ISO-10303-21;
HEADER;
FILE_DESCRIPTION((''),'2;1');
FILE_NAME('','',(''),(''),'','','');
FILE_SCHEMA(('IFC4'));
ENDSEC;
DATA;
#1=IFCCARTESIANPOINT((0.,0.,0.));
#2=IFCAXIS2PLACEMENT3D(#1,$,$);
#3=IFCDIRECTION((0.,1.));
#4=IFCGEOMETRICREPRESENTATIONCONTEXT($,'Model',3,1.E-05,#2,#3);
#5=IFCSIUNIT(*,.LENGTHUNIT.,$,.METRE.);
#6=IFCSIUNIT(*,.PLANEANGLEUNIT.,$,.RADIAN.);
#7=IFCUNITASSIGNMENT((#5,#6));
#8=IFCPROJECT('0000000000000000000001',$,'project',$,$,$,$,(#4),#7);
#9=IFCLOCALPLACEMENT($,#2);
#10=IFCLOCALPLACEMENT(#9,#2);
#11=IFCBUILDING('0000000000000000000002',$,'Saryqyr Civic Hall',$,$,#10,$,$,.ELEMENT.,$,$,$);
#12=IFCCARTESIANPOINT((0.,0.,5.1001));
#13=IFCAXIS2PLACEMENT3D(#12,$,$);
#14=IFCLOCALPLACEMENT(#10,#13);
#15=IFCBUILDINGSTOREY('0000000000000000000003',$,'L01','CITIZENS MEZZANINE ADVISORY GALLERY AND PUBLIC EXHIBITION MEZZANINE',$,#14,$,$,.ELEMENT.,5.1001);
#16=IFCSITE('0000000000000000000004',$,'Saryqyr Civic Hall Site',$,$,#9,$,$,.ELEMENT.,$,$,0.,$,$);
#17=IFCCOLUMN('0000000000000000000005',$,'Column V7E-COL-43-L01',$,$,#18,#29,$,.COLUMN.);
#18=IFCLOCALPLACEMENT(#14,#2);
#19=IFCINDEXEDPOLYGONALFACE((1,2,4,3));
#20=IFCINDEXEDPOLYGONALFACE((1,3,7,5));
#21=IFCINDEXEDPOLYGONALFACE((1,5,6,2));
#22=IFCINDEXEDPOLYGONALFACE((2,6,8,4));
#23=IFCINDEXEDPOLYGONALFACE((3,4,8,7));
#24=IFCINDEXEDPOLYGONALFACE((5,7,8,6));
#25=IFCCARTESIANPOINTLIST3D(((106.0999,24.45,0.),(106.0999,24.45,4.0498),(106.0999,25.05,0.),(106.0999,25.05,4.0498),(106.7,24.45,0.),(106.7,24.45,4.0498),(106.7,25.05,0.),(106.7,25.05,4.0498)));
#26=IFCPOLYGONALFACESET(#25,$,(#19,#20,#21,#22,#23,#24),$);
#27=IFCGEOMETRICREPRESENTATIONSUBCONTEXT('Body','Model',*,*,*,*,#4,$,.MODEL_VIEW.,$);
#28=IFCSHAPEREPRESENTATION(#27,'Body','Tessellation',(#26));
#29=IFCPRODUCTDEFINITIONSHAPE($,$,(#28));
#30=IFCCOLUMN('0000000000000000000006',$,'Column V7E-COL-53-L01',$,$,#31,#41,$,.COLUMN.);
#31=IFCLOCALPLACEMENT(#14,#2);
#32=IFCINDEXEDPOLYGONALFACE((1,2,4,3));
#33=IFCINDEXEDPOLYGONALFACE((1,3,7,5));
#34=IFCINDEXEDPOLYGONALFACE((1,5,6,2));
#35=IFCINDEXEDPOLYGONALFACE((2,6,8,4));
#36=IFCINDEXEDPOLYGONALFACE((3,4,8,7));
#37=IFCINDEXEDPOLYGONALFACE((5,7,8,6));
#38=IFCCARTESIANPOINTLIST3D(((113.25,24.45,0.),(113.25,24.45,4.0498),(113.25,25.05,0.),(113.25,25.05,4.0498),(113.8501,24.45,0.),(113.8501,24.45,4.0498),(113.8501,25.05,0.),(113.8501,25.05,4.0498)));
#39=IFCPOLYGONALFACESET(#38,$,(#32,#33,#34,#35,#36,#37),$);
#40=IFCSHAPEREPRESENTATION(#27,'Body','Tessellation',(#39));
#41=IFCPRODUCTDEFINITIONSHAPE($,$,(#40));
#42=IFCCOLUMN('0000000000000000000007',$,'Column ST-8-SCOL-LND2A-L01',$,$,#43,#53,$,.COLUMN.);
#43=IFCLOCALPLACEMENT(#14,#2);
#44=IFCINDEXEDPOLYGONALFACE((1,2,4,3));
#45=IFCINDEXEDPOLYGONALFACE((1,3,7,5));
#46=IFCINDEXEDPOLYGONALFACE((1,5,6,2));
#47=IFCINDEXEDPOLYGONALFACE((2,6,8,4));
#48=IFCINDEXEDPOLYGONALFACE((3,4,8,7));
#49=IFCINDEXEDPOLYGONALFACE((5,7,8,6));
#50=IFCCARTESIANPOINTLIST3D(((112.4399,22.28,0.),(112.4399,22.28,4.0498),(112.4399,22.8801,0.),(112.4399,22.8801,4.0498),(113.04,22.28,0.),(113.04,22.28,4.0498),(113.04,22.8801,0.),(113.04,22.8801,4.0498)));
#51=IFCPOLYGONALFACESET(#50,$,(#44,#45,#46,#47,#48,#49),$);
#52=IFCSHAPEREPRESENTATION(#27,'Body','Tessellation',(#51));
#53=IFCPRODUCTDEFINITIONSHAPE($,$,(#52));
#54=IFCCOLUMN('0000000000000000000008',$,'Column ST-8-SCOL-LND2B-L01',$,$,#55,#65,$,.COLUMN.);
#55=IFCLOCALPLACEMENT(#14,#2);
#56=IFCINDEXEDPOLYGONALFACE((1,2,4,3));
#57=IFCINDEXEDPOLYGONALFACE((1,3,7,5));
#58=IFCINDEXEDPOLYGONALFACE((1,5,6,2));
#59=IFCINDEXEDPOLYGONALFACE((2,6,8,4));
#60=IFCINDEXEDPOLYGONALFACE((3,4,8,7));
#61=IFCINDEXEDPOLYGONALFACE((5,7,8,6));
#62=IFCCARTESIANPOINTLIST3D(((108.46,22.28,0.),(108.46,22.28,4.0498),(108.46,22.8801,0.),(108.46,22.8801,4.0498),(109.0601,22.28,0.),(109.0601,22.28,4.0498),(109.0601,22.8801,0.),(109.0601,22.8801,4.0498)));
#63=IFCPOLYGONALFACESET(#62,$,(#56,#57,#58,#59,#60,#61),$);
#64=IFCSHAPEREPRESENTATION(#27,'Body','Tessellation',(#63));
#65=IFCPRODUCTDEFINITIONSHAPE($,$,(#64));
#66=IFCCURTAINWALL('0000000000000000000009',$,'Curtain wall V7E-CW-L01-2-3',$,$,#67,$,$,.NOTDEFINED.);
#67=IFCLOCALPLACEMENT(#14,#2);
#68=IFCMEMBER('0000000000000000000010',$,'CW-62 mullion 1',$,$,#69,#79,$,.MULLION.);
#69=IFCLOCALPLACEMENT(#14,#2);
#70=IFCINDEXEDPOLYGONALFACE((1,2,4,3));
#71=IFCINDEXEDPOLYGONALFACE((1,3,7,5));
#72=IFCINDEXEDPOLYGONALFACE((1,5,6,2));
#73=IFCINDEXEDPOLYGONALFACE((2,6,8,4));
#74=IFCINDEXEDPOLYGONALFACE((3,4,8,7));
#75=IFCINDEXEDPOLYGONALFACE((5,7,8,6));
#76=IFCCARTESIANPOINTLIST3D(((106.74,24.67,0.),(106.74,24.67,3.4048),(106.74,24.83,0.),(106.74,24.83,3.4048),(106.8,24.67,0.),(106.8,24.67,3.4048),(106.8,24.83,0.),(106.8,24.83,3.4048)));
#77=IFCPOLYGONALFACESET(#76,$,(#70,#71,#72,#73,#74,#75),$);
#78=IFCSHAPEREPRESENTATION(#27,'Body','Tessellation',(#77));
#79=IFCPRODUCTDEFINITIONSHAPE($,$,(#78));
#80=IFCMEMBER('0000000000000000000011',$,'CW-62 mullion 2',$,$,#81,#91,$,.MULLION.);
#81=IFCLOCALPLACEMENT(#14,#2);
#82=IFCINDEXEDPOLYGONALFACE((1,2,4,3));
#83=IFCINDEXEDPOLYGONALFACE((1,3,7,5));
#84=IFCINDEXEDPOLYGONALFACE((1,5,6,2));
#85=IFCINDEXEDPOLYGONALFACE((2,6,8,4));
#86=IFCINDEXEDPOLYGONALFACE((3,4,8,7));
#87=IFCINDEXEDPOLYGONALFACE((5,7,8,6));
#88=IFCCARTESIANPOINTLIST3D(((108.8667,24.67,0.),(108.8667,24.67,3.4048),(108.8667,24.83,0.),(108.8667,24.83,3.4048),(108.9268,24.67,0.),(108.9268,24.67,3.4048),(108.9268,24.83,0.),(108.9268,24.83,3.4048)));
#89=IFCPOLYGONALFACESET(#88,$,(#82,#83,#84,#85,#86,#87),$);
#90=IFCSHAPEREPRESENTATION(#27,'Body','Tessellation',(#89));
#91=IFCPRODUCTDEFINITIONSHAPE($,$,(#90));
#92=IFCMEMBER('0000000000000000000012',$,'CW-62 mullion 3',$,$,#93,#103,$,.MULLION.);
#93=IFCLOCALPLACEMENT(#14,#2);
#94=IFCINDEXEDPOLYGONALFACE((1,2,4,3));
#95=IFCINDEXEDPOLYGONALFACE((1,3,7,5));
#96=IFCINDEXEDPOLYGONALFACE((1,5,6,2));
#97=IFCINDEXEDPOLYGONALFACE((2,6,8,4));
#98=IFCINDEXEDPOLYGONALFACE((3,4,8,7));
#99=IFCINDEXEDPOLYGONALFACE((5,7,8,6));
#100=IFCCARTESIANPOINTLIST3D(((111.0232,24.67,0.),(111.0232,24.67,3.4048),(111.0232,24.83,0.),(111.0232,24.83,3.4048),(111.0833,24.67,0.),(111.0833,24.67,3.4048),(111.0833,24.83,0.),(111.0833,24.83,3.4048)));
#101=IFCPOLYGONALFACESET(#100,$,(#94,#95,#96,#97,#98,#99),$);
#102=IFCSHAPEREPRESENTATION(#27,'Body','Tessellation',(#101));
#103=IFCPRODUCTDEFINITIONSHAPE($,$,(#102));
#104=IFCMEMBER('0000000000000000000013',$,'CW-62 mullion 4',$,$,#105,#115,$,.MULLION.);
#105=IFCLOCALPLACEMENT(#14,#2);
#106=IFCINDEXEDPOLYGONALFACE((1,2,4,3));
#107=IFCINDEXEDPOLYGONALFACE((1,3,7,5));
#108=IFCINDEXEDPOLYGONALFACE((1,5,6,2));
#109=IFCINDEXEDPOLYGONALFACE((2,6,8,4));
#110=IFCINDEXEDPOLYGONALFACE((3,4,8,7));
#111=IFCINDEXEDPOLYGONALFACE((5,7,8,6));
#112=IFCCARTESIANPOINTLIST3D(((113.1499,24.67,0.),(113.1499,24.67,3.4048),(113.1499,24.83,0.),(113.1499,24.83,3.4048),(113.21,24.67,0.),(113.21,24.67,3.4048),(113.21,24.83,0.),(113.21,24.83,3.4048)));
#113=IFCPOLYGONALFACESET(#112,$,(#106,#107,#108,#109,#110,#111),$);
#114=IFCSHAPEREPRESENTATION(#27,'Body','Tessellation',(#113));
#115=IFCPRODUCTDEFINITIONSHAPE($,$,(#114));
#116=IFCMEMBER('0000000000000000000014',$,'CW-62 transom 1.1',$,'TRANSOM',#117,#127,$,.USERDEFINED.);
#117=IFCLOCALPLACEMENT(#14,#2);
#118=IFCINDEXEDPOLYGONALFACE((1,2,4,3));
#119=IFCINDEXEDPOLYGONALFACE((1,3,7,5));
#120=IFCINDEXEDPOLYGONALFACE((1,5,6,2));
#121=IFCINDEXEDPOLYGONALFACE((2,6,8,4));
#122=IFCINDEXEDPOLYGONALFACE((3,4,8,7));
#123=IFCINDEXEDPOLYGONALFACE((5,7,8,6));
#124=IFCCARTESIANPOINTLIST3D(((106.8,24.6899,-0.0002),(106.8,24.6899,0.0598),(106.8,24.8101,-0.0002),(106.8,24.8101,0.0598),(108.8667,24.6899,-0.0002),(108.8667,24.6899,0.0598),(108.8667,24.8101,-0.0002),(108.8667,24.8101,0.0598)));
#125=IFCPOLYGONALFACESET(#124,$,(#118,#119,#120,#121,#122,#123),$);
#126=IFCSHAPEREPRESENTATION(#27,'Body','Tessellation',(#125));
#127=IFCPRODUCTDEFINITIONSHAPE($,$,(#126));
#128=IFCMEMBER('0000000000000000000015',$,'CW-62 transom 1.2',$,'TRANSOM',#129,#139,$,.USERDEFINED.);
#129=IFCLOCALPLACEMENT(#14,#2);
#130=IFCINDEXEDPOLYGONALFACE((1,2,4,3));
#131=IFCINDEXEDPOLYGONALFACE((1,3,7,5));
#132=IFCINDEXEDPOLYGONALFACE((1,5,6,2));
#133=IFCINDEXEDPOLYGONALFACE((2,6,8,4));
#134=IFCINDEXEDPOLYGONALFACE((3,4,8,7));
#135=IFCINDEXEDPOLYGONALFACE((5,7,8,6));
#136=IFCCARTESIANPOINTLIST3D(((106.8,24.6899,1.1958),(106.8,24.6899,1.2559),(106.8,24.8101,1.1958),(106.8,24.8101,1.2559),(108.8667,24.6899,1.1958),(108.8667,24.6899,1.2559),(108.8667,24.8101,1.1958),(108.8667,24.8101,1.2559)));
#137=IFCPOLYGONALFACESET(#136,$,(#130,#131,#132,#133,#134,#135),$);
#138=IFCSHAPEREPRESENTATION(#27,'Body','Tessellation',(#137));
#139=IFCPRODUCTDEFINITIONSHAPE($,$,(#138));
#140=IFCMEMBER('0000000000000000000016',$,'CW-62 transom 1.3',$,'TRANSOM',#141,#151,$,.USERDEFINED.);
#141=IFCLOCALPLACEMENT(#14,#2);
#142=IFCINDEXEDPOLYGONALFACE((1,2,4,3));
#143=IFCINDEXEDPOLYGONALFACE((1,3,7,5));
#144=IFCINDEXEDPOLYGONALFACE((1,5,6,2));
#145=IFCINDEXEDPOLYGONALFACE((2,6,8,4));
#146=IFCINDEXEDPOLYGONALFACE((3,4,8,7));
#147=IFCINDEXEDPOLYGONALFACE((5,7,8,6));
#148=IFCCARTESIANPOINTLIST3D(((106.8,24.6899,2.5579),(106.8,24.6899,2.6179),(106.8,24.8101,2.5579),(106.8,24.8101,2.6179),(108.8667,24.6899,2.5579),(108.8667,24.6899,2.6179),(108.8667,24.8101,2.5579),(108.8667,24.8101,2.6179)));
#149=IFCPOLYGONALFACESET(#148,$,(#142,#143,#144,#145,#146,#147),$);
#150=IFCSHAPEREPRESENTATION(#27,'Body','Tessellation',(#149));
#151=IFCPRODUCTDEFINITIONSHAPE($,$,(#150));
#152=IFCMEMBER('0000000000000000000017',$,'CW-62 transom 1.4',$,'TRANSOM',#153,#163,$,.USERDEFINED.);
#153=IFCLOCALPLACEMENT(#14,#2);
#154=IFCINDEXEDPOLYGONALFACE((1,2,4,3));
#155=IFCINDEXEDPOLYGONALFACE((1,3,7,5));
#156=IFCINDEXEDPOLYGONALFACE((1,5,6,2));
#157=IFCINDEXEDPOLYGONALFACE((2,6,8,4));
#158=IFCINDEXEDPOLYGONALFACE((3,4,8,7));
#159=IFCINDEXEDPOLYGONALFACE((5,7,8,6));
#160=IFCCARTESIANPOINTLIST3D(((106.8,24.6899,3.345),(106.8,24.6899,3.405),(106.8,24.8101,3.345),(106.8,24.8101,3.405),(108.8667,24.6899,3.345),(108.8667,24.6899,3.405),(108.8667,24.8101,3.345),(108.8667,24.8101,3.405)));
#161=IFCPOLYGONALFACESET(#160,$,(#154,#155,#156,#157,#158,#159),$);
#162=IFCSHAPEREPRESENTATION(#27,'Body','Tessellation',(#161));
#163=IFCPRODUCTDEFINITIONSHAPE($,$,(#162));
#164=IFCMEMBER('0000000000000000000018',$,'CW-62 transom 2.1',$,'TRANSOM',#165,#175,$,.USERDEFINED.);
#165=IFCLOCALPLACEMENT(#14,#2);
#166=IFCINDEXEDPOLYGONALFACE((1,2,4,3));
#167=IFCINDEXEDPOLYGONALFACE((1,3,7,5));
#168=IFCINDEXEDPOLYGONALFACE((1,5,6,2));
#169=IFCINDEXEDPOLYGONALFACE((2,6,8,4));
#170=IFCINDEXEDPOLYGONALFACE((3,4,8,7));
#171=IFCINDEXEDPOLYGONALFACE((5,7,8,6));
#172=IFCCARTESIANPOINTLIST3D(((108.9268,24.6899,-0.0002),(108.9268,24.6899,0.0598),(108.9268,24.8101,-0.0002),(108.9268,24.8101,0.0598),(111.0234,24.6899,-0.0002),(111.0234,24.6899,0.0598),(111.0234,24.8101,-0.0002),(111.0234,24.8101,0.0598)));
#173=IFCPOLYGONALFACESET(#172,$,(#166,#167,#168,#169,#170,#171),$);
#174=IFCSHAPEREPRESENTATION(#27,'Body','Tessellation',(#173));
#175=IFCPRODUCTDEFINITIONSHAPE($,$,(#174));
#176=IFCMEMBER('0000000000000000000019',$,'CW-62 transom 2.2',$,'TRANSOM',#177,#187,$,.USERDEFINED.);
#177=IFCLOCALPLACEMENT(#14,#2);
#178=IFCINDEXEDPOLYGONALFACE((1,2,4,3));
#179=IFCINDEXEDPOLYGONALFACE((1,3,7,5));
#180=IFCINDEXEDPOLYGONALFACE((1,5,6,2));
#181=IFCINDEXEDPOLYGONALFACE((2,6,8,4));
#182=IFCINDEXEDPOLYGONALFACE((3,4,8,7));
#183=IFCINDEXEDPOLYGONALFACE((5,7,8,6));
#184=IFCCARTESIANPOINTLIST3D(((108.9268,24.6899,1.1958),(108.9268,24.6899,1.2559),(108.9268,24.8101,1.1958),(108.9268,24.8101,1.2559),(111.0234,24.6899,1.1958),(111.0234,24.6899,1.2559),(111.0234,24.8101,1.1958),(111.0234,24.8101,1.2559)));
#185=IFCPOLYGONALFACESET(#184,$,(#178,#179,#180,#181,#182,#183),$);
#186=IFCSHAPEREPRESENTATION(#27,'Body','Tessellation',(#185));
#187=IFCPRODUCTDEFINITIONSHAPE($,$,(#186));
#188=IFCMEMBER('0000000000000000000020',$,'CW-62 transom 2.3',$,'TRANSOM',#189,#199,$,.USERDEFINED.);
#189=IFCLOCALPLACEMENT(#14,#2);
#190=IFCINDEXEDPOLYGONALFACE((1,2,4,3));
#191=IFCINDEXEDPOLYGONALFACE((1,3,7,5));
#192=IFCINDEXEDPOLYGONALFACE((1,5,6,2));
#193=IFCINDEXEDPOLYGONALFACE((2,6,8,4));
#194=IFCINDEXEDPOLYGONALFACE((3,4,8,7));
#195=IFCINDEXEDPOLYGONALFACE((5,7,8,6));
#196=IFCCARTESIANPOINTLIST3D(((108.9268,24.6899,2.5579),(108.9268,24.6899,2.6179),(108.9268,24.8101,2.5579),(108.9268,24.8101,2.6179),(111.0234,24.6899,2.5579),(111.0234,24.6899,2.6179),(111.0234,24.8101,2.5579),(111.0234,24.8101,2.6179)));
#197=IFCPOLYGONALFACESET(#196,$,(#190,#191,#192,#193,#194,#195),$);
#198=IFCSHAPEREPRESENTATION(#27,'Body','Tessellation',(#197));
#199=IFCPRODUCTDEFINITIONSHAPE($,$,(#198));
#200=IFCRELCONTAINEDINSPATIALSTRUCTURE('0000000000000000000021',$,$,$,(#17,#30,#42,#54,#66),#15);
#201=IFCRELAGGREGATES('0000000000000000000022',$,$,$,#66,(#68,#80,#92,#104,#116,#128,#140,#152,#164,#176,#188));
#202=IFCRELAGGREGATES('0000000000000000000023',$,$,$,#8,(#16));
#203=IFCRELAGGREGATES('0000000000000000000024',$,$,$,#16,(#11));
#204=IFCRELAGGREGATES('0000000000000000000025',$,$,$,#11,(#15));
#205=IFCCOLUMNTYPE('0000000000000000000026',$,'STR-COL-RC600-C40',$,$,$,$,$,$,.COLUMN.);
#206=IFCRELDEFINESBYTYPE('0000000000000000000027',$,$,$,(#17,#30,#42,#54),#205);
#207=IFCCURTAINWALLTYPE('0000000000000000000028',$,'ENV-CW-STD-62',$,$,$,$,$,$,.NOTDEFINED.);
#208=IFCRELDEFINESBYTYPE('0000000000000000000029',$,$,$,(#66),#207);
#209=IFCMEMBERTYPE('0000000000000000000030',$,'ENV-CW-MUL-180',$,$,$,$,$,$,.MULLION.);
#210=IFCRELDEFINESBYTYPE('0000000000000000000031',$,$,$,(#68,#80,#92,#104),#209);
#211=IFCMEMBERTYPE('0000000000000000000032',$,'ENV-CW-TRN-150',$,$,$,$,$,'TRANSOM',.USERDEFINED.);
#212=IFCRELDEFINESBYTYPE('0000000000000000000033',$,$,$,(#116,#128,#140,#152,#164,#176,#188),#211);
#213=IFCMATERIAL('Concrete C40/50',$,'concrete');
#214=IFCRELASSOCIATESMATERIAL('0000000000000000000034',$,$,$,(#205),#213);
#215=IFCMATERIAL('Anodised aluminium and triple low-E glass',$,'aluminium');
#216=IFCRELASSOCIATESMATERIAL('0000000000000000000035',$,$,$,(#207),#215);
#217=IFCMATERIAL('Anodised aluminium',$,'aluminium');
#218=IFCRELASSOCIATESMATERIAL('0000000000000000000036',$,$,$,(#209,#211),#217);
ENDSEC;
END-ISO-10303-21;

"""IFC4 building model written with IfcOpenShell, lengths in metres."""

from ifc_helpers import new_model, si_unit, direction, frame, origin, origin_2d, place, context, subcontext, project, spatial, rectangle, extrude, material, material_profile, profile_set, type_object, element, aggregate, save


model = new_model("IFC4")

# Units and contexts
model_context = context("Model", 3, precision=1e-05, world=origin(), true_north=direction((0.0, 1.0)))
body_context = subcontext(model_context, "Body", "Model", "MODEL_VIEW")
ifc_project = project(units=[si_unit("LENGTHUNIT", "METRE"), si_unit("PLANEANGLEUNIT", "RADIAN")], contexts=[model_context])

# Site, building, storey
site_placement = place(None, origin())
site = spatial("IfcSite", under=ifc_project, at=site_placement, Name="Saryqyr Civic Hall Site", CompositionType="ELEMENT", RefElevation=0.0)
building_placement = place(site_placement, origin())
building = spatial("IfcBuilding", under=site, at=building_placement, Name="Saryqyr Civic Hall", CompositionType="ELEMENT")
storey_placement = place(building_placement, frame((0.0, 0.0, 5.1001)))
storey = spatial("IfcBuildingStorey", under=building, at=storey_placement, Name="L01", Description="CITIZENS MEZZANINE ADVISORY GALLERY AND PUBLIC EXHIBITION MEZZANINE", CompositionType="ELEMENT", Elevation=5.1001)

# Columns
ifc_material_1 = material(Name="Concrete C40/50", Category="concrete")
ifc_material_profile_1 = material_profile(ifc_material_1, rectangle(XDim=0.6001, YDim=0.6001, at=origin_2d()), Name="RC 600x600")
ifc_profile_set_1 = profile_set([ifc_material_profile_1], Name="Concrete C40/50")
column_type = type_object("IfcColumnType", Name="STR-COL-RC600-C40", PredefinedType="COLUMN", material=ifc_profile_set_1)
for number, where, z_axis, x_axis, name in (
    (1, (106.3999, 24.75, 0.0), (0.0, 0.0, 1.0), (1.0, 0.0, 0.0), "Column V7E-COL-43-L01"),
    (2, (113.55, 24.75, 0.0), (0.0, 0.0, 1.0), (1.0, 0.0, 0.0), "Column V7E-COL-53-L01"),
    (3, (112.74, 22.5801, 0.0), (0.0, 0.0, 1.0), (1.0, 0.0, 0.0), "Column ST-8-SCOL-LND2A-L01"),
    (4, (108.76, 22.5801, 0.0), (0.0, 0.0, 1.0), (1.0, 0.0, 0.0), "Column ST-8-SCOL-LND2B-L01"),
):
    element("IfcColumn", number, at=place(storey_placement, frame(where, z_axis=z_axis, x_axis=x_axis)), inside=storey, type_object=column_type, Name=name, PredefinedType="COLUMN", context=body_context, shape_type="SweptSolid", body=[
        extrude(rectangle(XDim=0.6001, YDim=0.6001, at=origin_2d()), origin(), (0.0, 0.0, 1.0), 4.0498),
    ])

# Curtain wall, members
ifc_material_2 = material(Name="Anodised aluminium and triple low-E glass", Category="aluminium")
curtain_wall_type = type_object("IfcCurtainWallType", Name="ENV-CW-STD-62", PredefinedType="NOTDEFINED", material=ifc_material_2)
curtain_wall_placement = place(storey_placement, origin())
curtain_wall = element("IfcCurtainWall", 5, at=curtain_wall_placement, inside=storey, type_object=curtain_wall_type, Name="Curtain wall V7E-CW-L01-2-3", PredefinedType="NOTDEFINED")
ifc_material_3 = material(Name="Anodised aluminium", Category="aluminium")
ifc_material_profile_2 = material_profile(ifc_material_3, rectangle(XDim=0.0601, YDim=0.1599, at=origin_2d()), Name="ALU MULLION 60x160")
ifc_profile_set_2 = profile_set([ifc_material_profile_2], Name="Anodised aluminium")
member_type_1 = type_object("IfcMemberType", Name="ENV-CW-MUL-180", PredefinedType="MULLION", material=ifc_profile_set_2)
member_1_placement = place(storey_placement, frame((106.77, 24.75, 0.0), z_axis=(0.0, 0.0, 1.0), x_axis=(1.0, 0.0, 0.0)))
member_1 = element("IfcMember", 6, at=member_1_placement, type_object=member_type_1, Name="CW-62 mullion 1", PredefinedType="MULLION", context=body_context, shape_type="SweptSolid", body=[
    extrude(rectangle(XDim=0.0601, YDim=0.1599, at=origin_2d()), origin(), (0.0, 0.0, 1.0), 3.4048),
])
member_2_placement = place(storey_placement, frame((108.8967, 24.75, 0.0), z_axis=(0.0, 0.0, 1.0), x_axis=(1.0, 0.0, 0.0)))
member_2 = element("IfcMember", 7, at=member_2_placement, type_object=member_type_1, Name="CW-62 mullion 2", PredefinedType="MULLION", context=body_context, shape_type="SweptSolid", body=[
    extrude(rectangle(XDim=0.0601, YDim=0.1599, at=origin_2d()), origin(), (0.0, 0.0, 1.0), 3.4048),
])
member_3_placement = place(storey_placement, frame((111.0532, 24.75, 0.0), z_axis=(0.0, 0.0, 1.0), x_axis=(1.0, 0.0, 0.0)))
member_3 = element("IfcMember", 8, at=member_3_placement, type_object=member_type_1, Name="CW-62 mullion 3", PredefinedType="MULLION", context=body_context, shape_type="SweptSolid", body=[
    extrude(rectangle(XDim=0.0601, YDim=0.1599, at=origin_2d()), origin(), (0.0, 0.0, 1.0), 3.4048),
])
member_4_placement = place(storey_placement, frame((113.1799, 24.75, 0.0), z_axis=(0.0, 0.0, 1.0), x_axis=(1.0, 0.0, 0.0)))
member_4 = element("IfcMember", 9, at=member_4_placement, type_object=member_type_1, Name="CW-62 mullion 4", PredefinedType="MULLION", context=body_context, shape_type="SweptSolid", body=[
    extrude(rectangle(XDim=0.0601, YDim=0.1599, at=origin_2d()), origin(), (0.0, 0.0, 1.0), 3.4048),
])
ifc_material_profile_3 = material_profile(ifc_material_3, rectangle(XDim=0.1201, YDim=0.0601, at=origin_2d()), Name="ALU TRANSOM 120x60")
ifc_profile_set_3 = profile_set([ifc_material_profile_3], Name="Anodised aluminium")
member_type_2 = type_object("IfcMemberType", Name="ENV-CW-TRN-150", ElementType="TRANSOM", PredefinedType="USERDEFINED", material=ifc_profile_set_3)
member_5_placement = place(storey_placement, frame((106.8, 24.75, 0.0298), z_axis=(1.0, 0.0, 0.0), x_axis=(0.0, 1.0, 0.0)))
member_5 = element("IfcMember", 10, at=member_5_placement, type_object=member_type_2, Name="CW-62 transom 1.1", ObjectType="TRANSOM", PredefinedType="USERDEFINED", context=body_context, shape_type="SweptSolid", body=[
    extrude(rectangle(XDim=0.1201, YDim=0.0601, at=origin_2d()), origin(), (0.0, 0.0, 1.0), 2.0667),
])
member_6_placement = place(storey_placement, frame((106.8, 24.75, 1.2258), z_axis=(1.0, 0.0, 0.0), x_axis=(0.0, 1.0, 0.0)))
member_6 = element("IfcMember", 11, at=member_6_placement, type_object=member_type_2, Name="CW-62 transom 1.2", ObjectType="TRANSOM", PredefinedType="USERDEFINED", context=body_context, shape_type="SweptSolid", body=[
    extrude(rectangle(XDim=0.1201, YDim=0.0601, at=origin_2d()), origin(), (0.0, 0.0, 1.0), 2.0667),
])
member_7_placement = place(storey_placement, frame((106.8, 24.75, 2.5879), z_axis=(1.0, 0.0, 0.0), x_axis=(0.0, 1.0, 0.0)))
member_7 = element("IfcMember", 12, at=member_7_placement, type_object=member_type_2, Name="CW-62 transom 1.3", ObjectType="TRANSOM", PredefinedType="USERDEFINED", context=body_context, shape_type="SweptSolid", body=[
    extrude(rectangle(XDim=0.1201, YDim=0.0601, at=origin_2d()), origin(), (0.0, 0.0, 1.0), 2.0667),
])
member_8_placement = place(storey_placement, frame((106.8, 24.75, 3.375), z_axis=(1.0, 0.0, 0.0), x_axis=(0.0, 1.0, 0.0)))
member_8 = element("IfcMember", 13, at=member_8_placement, type_object=member_type_2, Name="CW-62 transom 1.4", ObjectType="TRANSOM", PredefinedType="USERDEFINED", context=body_context, shape_type="SweptSolid", body=[
    extrude(rectangle(XDim=0.1201, YDim=0.0601, at=origin_2d()), origin(), (0.0, 0.0, 1.0), 2.0667),
])
member_9_placement = place(storey_placement, frame((108.9268, 24.75, 0.0298), z_axis=(1.0, 0.0, 0.0), x_axis=(0.0, 1.0, 0.0)))
member_9 = element("IfcMember", 14, at=member_9_placement, type_object=member_type_2, Name="CW-62 transom 2.1", ObjectType="TRANSOM", PredefinedType="USERDEFINED", context=body_context, shape_type="SweptSolid", body=[
    extrude(rectangle(XDim=0.1201, YDim=0.0601, at=origin_2d()), origin(), (0.0, 0.0, 1.0), 2.0967),
])
member_10_placement = place(storey_placement, frame((108.9268, 24.75, 1.2258), z_axis=(1.0, 0.0, 0.0), x_axis=(0.0, 1.0, 0.0)))
member_10 = element("IfcMember", 15, at=member_10_placement, type_object=member_type_2, Name="CW-62 transom 2.2", ObjectType="TRANSOM", PredefinedType="USERDEFINED", context=body_context, shape_type="SweptSolid", body=[
    extrude(rectangle(XDim=0.1201, YDim=0.0601, at=origin_2d()), origin(), (0.0, 0.0, 1.0), 2.0967),
])
member_11_placement = place(storey_placement, frame((108.9268, 24.75, 2.5879), z_axis=(1.0, 0.0, 0.0), x_axis=(0.0, 1.0, 0.0)))
member_11 = element("IfcMember", 16, at=member_11_placement, type_object=member_type_2, Name="CW-62 transom 2.3", ObjectType="TRANSOM", PredefinedType="USERDEFINED", context=body_context, shape_type="SweptSolid", body=[
    extrude(rectangle(XDim=0.1201, YDim=0.0601, at=origin_2d()), origin(), (0.0, 0.0, 1.0), 2.0967),
])

aggregate(curtain_wall, [member_1, member_2, member_3, member_4, member_5, member_6, member_7, member_8, member_9, member_10, member_11])

save(model, "model.ifc")
